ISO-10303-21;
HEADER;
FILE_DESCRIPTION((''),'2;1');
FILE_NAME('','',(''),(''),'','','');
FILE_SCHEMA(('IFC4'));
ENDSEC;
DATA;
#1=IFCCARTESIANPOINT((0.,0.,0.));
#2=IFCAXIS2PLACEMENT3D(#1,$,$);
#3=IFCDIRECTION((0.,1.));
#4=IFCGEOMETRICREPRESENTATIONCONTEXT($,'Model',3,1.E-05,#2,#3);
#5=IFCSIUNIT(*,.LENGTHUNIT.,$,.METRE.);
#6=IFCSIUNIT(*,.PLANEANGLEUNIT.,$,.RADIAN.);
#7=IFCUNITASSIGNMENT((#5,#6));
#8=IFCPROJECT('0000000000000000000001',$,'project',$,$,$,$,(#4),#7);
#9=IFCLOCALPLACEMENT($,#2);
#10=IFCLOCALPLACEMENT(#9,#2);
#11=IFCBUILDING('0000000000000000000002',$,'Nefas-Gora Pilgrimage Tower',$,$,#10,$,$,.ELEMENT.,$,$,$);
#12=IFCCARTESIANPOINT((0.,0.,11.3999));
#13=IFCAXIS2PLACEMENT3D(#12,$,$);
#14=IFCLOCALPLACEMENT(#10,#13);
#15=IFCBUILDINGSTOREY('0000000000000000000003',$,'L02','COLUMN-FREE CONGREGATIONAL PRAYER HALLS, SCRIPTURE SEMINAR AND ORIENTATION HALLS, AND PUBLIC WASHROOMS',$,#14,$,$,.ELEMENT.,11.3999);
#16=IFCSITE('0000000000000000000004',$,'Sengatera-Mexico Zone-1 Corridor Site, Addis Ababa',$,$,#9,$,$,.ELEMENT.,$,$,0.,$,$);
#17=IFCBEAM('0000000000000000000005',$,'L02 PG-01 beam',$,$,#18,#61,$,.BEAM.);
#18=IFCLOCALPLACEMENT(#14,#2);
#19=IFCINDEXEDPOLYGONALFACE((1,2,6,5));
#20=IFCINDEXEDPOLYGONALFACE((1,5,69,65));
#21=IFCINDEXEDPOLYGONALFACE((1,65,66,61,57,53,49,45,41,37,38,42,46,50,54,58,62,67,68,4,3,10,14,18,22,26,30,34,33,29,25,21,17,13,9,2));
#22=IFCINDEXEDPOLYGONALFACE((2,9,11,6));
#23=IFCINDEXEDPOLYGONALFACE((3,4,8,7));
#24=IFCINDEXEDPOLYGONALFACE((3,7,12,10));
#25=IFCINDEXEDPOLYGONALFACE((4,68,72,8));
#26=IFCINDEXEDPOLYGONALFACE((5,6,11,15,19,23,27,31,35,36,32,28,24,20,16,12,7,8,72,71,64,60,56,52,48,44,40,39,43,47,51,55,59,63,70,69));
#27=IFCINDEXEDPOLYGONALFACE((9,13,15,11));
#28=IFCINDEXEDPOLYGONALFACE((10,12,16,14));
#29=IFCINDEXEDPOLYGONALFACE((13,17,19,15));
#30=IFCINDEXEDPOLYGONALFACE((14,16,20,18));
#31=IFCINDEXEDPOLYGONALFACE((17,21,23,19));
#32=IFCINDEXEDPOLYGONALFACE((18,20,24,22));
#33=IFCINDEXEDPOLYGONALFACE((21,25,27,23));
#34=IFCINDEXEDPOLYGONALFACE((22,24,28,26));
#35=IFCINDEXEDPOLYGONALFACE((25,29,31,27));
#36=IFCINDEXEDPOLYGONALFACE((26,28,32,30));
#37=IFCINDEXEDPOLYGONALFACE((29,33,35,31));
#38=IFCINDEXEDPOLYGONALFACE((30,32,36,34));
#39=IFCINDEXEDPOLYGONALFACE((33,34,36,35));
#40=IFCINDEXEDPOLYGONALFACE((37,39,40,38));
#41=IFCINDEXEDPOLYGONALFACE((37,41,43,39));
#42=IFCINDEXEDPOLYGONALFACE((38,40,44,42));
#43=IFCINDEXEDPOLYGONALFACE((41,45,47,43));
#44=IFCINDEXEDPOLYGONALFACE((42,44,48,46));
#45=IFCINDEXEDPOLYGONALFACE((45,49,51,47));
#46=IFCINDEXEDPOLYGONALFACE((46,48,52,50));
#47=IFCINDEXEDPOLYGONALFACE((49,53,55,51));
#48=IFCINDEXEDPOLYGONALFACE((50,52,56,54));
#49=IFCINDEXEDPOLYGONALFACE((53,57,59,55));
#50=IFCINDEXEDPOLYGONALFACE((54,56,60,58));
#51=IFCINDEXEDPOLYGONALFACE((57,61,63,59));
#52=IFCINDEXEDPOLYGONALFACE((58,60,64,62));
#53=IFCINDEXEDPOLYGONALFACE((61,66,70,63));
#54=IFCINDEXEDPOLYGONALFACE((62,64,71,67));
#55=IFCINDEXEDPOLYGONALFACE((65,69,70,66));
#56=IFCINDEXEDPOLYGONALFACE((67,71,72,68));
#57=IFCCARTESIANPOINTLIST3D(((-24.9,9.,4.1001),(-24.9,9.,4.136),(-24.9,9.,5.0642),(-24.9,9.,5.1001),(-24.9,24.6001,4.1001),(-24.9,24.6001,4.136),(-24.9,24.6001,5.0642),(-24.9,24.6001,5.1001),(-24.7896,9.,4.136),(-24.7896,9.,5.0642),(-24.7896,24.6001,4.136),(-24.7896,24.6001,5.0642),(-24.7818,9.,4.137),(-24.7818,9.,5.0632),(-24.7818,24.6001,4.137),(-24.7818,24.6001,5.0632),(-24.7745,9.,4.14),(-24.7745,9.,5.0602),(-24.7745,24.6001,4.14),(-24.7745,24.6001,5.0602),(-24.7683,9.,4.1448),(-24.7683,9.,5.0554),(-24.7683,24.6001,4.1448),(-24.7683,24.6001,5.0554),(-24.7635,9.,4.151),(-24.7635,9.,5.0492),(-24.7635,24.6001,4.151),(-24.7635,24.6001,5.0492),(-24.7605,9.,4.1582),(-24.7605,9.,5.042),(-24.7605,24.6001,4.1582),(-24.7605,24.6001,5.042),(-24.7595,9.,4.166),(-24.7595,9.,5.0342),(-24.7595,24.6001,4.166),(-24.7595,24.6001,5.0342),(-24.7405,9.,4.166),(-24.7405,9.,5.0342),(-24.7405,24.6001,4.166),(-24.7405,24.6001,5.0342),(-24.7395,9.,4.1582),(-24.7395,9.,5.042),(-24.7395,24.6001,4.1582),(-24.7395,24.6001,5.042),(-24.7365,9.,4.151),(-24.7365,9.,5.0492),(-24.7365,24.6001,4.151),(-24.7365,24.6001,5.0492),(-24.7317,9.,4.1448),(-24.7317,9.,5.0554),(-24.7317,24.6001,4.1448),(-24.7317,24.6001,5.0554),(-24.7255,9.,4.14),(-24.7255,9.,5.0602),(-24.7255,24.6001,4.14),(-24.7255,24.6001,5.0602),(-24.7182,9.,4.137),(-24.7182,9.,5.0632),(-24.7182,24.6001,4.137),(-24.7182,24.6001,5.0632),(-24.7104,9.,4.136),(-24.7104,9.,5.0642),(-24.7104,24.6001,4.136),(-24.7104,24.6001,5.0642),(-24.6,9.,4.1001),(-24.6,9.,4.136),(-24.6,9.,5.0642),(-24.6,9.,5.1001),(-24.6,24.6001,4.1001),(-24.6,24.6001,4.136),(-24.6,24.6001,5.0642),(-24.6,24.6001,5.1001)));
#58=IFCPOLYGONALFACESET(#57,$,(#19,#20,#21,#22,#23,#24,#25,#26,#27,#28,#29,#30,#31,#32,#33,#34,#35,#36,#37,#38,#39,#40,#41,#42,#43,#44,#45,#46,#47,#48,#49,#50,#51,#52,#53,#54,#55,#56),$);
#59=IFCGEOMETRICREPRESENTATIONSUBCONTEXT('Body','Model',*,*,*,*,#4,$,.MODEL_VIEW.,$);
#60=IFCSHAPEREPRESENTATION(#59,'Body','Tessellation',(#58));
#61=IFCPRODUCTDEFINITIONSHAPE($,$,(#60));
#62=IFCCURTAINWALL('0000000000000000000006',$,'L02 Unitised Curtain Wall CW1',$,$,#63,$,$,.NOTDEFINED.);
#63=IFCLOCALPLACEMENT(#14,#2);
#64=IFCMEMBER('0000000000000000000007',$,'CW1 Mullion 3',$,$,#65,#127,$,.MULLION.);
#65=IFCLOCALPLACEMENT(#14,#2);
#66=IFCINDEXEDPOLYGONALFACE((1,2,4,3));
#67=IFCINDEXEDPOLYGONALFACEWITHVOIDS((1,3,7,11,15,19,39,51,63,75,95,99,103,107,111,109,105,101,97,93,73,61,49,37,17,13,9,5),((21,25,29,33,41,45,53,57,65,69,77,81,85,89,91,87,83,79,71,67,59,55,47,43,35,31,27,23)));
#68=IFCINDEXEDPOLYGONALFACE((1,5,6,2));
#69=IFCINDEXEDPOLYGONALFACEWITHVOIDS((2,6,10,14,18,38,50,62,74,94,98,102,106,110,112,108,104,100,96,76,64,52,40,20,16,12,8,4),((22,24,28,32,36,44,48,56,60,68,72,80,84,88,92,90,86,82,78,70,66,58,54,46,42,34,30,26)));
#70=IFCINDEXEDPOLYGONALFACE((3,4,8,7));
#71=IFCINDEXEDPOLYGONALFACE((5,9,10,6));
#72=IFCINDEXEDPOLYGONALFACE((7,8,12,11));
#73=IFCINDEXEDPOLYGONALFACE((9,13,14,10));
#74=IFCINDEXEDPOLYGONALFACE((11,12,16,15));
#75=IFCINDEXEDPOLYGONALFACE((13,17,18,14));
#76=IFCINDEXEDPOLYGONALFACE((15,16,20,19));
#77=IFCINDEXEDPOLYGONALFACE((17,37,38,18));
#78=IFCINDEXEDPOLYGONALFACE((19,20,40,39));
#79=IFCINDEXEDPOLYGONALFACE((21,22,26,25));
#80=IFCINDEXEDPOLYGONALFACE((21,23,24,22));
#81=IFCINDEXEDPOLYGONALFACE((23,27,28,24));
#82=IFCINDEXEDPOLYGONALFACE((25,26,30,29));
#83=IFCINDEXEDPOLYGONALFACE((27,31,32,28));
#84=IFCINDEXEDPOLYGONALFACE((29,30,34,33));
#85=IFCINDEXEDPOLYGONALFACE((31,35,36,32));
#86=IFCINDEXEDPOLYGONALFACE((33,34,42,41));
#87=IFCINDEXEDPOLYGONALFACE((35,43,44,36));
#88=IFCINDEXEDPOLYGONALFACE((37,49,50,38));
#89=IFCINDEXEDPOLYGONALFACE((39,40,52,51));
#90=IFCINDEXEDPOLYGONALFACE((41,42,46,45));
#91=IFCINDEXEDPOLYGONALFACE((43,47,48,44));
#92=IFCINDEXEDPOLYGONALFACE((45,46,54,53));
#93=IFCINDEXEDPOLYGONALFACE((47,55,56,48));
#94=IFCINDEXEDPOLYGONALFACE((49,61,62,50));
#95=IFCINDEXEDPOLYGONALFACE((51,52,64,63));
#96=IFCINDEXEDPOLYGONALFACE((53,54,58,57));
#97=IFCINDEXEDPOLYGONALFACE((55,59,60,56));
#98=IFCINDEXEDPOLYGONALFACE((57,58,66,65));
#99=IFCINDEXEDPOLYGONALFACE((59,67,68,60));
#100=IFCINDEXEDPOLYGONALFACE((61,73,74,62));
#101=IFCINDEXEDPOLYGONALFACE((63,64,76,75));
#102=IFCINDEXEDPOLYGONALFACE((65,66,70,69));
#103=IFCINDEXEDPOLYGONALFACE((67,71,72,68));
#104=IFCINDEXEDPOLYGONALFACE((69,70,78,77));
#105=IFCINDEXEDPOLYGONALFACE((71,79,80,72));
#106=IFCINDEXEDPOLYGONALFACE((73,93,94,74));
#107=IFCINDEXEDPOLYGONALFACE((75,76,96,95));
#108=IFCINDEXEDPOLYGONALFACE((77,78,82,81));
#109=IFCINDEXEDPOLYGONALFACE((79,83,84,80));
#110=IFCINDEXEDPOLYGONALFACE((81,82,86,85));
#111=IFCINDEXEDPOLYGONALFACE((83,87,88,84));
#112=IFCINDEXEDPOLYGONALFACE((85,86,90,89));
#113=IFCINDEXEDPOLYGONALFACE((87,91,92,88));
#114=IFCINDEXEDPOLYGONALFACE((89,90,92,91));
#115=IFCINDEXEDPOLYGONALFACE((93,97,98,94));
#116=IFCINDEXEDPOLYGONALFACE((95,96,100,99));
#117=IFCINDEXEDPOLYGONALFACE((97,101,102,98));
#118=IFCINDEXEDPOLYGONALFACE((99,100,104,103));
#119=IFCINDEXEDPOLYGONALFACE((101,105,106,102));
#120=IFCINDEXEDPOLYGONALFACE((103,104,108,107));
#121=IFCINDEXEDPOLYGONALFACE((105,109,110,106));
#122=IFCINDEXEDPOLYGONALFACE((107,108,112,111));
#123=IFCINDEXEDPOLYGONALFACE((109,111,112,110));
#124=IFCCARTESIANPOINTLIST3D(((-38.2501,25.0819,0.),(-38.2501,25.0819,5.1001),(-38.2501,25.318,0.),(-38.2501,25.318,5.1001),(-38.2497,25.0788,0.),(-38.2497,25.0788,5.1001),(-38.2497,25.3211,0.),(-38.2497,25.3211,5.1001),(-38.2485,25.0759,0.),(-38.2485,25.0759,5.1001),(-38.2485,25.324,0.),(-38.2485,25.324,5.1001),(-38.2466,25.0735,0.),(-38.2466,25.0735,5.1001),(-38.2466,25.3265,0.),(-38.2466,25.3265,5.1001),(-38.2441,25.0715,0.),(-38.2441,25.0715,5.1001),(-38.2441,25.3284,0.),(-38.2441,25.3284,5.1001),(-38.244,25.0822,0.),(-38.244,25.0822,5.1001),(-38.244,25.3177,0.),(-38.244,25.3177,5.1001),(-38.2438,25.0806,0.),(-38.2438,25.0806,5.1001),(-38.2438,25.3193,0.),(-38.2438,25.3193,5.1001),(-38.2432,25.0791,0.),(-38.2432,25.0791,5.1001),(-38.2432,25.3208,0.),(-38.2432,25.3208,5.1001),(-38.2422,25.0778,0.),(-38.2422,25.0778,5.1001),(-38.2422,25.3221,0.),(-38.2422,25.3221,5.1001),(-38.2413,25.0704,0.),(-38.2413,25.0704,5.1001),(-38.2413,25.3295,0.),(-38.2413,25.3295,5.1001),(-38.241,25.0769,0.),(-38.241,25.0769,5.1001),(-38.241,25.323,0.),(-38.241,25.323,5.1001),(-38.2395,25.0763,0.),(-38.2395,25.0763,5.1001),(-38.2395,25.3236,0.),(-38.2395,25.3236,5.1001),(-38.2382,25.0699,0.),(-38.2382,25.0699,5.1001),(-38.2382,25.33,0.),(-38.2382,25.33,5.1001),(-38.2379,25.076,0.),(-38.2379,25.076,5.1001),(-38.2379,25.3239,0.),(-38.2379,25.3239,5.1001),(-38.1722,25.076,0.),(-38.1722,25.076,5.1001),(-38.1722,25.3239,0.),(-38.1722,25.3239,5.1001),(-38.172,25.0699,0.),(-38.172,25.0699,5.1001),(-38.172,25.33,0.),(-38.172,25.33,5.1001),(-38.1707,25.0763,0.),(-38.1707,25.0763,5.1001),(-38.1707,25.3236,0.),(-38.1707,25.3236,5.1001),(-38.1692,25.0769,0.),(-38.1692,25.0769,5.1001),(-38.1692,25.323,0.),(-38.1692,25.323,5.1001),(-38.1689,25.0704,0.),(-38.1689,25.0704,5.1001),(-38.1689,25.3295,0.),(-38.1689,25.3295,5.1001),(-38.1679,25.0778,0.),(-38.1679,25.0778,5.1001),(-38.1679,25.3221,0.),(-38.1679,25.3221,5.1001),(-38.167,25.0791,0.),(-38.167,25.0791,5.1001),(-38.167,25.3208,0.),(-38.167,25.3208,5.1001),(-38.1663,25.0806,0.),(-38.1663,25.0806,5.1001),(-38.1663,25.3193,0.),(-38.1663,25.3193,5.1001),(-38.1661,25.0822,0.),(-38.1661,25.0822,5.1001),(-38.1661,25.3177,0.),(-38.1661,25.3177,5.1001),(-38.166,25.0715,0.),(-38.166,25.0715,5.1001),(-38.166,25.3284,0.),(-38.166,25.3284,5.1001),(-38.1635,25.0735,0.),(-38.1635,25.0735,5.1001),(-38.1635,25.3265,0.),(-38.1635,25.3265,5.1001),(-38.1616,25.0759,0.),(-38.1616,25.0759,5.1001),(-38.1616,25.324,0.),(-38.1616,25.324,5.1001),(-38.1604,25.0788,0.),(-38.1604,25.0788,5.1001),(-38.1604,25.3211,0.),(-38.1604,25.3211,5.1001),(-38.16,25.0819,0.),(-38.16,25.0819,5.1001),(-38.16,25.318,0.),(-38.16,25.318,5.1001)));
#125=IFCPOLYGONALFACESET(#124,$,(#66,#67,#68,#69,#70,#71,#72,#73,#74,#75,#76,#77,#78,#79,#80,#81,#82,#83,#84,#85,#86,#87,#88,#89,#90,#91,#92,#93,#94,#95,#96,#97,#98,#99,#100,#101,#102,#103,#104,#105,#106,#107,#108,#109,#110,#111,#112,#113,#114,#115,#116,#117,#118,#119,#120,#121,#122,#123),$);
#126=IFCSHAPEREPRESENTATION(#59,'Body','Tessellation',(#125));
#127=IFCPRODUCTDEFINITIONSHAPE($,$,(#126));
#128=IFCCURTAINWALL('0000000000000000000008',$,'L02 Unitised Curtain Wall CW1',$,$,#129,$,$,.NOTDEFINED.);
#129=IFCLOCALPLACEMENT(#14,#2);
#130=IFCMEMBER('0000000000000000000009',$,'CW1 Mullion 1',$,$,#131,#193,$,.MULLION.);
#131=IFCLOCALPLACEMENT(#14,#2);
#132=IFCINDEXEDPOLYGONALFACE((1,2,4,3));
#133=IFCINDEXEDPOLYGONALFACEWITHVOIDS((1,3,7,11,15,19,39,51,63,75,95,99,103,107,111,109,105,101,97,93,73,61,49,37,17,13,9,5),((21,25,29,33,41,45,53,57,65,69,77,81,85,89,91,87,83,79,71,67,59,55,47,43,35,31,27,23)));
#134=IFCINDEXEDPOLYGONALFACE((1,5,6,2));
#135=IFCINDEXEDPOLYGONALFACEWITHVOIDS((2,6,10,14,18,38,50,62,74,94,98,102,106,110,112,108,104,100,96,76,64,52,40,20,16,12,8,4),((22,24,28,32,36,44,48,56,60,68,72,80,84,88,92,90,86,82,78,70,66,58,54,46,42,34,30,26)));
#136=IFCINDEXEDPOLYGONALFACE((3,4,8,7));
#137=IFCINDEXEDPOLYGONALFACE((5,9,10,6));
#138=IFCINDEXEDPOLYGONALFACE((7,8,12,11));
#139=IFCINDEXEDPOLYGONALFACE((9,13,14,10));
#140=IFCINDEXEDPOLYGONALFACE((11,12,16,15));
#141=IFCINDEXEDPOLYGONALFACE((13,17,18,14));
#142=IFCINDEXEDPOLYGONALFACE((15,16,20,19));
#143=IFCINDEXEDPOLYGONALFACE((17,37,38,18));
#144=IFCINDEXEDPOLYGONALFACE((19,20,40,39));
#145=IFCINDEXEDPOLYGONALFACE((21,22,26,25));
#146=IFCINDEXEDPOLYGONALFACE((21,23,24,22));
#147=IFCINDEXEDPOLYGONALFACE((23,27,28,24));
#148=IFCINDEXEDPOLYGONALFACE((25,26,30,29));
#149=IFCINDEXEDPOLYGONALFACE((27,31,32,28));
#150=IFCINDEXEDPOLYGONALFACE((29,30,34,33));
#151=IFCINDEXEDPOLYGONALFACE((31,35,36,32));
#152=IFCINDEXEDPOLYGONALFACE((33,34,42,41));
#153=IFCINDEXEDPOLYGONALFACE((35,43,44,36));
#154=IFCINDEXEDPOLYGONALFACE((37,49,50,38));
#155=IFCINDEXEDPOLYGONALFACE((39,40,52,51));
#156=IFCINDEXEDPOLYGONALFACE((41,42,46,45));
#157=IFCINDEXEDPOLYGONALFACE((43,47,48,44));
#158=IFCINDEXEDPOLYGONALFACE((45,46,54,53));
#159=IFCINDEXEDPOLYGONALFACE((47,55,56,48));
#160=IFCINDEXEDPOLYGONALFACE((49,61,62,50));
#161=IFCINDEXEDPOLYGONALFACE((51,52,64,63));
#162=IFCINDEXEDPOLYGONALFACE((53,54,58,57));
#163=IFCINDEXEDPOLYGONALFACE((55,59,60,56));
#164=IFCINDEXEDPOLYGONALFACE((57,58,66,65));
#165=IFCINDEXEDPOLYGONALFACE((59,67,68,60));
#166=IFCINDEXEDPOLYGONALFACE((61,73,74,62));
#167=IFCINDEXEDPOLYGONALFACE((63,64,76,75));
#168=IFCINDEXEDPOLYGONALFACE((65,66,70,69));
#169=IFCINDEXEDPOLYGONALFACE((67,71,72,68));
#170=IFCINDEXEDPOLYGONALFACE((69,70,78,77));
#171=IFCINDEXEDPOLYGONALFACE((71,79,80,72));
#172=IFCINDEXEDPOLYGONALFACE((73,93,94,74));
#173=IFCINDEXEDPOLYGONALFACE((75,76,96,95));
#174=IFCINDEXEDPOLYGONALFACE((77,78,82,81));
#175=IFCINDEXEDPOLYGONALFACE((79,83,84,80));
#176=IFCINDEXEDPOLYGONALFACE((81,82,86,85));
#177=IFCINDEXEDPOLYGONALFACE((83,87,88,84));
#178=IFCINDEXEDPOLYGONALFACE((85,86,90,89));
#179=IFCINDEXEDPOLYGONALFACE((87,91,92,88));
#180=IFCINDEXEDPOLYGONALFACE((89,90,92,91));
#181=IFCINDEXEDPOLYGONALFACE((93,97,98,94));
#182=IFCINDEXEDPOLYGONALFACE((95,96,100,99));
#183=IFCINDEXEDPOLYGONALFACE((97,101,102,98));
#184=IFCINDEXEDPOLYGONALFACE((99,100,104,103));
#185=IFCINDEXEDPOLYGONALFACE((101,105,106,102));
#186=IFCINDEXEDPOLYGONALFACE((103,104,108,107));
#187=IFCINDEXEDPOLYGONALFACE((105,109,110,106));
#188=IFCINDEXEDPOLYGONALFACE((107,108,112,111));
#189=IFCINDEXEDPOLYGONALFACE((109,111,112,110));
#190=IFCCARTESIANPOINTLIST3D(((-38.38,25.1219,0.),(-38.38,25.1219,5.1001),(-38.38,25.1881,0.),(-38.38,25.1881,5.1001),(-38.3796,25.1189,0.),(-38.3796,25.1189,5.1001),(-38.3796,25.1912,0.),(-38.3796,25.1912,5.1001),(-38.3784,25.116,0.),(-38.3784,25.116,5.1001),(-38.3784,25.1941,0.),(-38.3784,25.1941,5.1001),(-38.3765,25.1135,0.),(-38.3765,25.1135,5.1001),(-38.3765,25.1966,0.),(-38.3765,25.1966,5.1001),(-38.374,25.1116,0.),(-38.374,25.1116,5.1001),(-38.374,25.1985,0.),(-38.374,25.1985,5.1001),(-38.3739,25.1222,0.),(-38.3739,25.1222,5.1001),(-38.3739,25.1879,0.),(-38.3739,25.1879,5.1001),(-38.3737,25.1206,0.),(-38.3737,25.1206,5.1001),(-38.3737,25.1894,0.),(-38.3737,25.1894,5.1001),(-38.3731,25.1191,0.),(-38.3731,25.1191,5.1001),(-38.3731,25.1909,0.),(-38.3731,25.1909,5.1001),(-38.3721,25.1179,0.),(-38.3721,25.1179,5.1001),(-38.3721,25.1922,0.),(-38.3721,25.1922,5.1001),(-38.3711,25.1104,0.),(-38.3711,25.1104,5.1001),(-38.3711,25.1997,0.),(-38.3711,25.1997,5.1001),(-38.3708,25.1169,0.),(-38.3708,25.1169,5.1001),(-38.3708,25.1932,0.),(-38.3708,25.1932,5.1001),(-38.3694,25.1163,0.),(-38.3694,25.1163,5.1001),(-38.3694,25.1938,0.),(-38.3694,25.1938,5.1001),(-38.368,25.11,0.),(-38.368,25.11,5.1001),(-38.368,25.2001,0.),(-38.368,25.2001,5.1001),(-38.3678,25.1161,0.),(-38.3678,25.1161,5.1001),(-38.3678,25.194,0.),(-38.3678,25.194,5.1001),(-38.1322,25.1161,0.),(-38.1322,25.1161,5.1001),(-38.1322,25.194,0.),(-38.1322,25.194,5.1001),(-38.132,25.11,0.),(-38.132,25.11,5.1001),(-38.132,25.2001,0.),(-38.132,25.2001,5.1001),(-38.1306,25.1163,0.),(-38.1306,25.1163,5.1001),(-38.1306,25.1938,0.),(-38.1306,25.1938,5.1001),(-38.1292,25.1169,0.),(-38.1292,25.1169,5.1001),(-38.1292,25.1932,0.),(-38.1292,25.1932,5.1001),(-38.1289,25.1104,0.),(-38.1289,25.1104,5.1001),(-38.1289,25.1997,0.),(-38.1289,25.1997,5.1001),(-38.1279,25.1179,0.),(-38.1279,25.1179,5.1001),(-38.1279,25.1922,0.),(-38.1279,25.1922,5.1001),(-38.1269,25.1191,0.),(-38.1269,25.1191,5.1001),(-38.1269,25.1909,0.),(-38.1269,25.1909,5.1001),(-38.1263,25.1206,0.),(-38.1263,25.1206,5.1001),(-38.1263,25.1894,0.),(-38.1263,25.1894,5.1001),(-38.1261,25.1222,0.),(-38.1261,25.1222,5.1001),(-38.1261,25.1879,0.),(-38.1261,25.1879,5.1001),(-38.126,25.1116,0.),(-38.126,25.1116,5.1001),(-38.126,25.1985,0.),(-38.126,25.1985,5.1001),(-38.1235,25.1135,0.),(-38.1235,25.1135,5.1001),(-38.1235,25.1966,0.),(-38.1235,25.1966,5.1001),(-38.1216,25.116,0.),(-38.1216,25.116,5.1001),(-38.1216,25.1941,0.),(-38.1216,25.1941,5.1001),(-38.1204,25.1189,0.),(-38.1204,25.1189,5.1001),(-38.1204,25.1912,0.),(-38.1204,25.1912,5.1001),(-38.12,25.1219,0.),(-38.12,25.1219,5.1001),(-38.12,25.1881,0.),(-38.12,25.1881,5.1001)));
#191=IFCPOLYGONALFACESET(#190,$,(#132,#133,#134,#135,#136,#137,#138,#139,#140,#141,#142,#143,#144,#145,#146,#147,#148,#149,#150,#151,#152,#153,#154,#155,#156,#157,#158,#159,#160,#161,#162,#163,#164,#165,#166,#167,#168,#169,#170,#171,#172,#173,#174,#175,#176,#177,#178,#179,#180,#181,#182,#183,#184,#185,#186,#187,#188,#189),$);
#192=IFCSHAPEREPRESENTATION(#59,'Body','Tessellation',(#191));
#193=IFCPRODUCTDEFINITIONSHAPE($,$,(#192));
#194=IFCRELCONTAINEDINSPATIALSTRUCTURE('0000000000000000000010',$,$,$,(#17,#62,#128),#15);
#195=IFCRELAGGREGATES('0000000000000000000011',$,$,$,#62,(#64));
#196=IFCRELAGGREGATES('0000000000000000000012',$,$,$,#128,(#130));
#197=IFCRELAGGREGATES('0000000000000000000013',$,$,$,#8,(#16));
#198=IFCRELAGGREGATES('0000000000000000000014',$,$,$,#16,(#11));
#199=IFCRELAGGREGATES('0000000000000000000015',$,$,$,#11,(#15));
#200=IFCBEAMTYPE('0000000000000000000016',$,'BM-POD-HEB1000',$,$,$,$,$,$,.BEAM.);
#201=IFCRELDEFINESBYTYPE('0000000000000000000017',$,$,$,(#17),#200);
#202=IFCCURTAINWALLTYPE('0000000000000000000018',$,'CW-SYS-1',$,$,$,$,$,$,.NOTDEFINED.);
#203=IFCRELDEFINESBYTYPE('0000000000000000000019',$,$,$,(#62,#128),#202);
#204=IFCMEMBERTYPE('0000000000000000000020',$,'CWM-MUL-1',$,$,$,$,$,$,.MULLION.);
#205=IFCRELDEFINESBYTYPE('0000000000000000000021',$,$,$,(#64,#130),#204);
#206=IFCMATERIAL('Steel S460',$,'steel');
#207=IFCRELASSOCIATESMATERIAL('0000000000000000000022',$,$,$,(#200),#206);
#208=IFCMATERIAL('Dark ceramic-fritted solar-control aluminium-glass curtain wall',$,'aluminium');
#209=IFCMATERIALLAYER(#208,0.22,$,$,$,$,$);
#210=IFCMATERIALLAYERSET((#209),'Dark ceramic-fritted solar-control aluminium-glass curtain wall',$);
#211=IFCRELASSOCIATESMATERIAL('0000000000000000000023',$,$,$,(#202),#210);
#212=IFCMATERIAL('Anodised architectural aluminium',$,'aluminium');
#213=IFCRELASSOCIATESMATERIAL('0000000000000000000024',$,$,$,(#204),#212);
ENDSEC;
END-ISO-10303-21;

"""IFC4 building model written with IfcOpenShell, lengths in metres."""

from ifc_helpers import new_model, si_unit, direction, frame, origin, origin_2d, place, context, subcontext, project, spatial, hollow_rectangle, i_section, extrude, source, transform, mapped, material, layer, layer_set, material_profile, profile_set, type_object, element, aggregate, save


model = new_model("IFC4")

# Units and contexts
model_context = context("Model", 3, precision=1e-05, world=origin(), true_north=direction((0.0, 1.0)))
body_context = subcontext(model_context, "Body", "Model", "MODEL_VIEW")
ifc_project = project(units=[si_unit("LENGTHUNIT", "METRE"), si_unit("PLANEANGLEUNIT", "RADIAN")], contexts=[model_context])

# Site, building, storey
site_placement = place(None, origin())
site = spatial("IfcSite", under=ifc_project, at=site_placement, Name="Sengatera-Mexico Zone-1 Corridor Site, Addis Ababa", CompositionType="ELEMENT", RefElevation=0.0)
building_placement = place(site_placement, origin())
building = spatial("IfcBuilding", under=site, at=building_placement, Name="Nefas-Gora Pilgrimage Tower", CompositionType="ELEMENT")
storey_placement = place(building_placement, frame((0.0, 0.0, 11.3999)))
storey = spatial("IfcBuildingStorey", under=building, at=storey_placement, Name="L02", Description="COLUMN-FREE CONGREGATIONAL PRAYER HALLS, SCRIPTURE SEMINAR AND ORIENTATION HALLS, AND PUBLIC WASHROOMS", CompositionType="ELEMENT", Elevation=11.3999)

# Shared definitions
ifc_material_1 = material(Name="Steel S460", Category="steel")

# Beam
ifc_material_profile_1 = material_profile(ifc_material_1, i_section(OverallWidth=0.3, OverallDepth=1.0, WebThickness=0.019, FlangeThickness=0.0359, FilletRadius=0.03, at=origin_2d()), Name="HEB 1000")
ifc_profile_set_1 = profile_set([ifc_material_profile_1], Name="Steel S460")
beam_type_1 = type_object("IfcBeamType", Name="BM-POD-HEB1000", PredefinedType="BEAM", material=ifc_profile_set_1)
shared_shape_1 = source(origin(), body_context, "Body", "SweptSolid", [
    extrude(i_section(OverallWidth=0.3, OverallDepth=1.0, WebThickness=0.019, FlangeThickness=0.0359, FilletRadius=0.03, at=origin_2d()), origin(), (0.0, 0.0, 1.0), 15.6001),
])
beam_1_placement = place(storey_placement, frame((-24.75, 9.0, 4.6001), z_axis=(0.0, 1.0, 0.0), x_axis=(-1.0, 0.0, 0.0)))
element("IfcBeam", 1, at=beam_1_placement, inside=storey, type_object=beam_type_1, Name="L02 PG-01 beam", PredefinedType="BEAM", context=body_context, shape_type="MappedRepresentation", body=[
    mapped(shared_shape_1, transform((0.0, 0.0, 0.0), x_axis=(1.0, 0.0, 0.0), y_axis=(0.0, 1.0, 0.0), z_axis=(0.0, 0.0, 1.0), scale=1.0)),
])

# Curtain wall, member
ifc_material_2 = material(Name="Dark ceramic-fritted solar-control aluminium-glass curtain wall", Category="aluminium")
ifc_layer_1 = layer(ifc_material_2, 0.22)
ifc_layer_set_1 = layer_set([ifc_layer_1], Name="Dark ceramic-fritted solar-control aluminium-glass curtain wall")
curtain_wall_type = type_object("IfcCurtainWallType", Name="CW-SYS-1", PredefinedType="NOTDEFINED", material=ifc_layer_set_1)
curtain_wall_1_placement = place(storey_placement, origin())
curtain_wall_1 = element("IfcCurtainWall", 2, at=curtain_wall_1_placement, inside=storey, type_object=curtain_wall_type, Name="L02 Unitised Curtain Wall CW1", PredefinedType="NOTDEFINED")
ifc_material_3 = material(Name="Anodised architectural aluminium", Category="aluminium")
ifc_material_profile_2 = material_profile(ifc_material_3, hollow_rectangle(XDim=0.0901, YDim=0.26, WallThickness=0.0061, InnerFilletRadius=0.0061, OuterFilletRadius=0.012, at=origin_2d()), Name="ALU MULLION 90x260")
ifc_profile_set_2 = profile_set([ifc_material_profile_2], Name="Anodised architectural aluminium")
member_type_1 = type_object("IfcMemberType", Name="CWM-MUL-1", PredefinedType="MULLION", material=ifc_profile_set_2)
shared_shape_2 = source(origin(), body_context, "Body", "SweptSolid", [
    extrude(hollow_rectangle(XDim=0.0901, YDim=0.26, WallThickness=0.0061, InnerFilletRadius=0.0061, OuterFilletRadius=0.012, at=origin_2d()), origin(), (0.0, 0.0, 1.0), 5.1001),
])
member_1_placement = place(storey_placement, frame((-38.2051, 25.2, 0.0), z_axis=(0.0, 0.0, 1.0), x_axis=(-1.0, 0.0, 0.0)))
member_1 = element("IfcMember", 3, at=member_1_placement, type_object=member_type_1, Name="CW1 Mullion 3", PredefinedType="MULLION", context=body_context, shape_type="MappedRepresentation", body=[
    mapped(shared_shape_2, transform((0.0, 0.0, 0.0), x_axis=(1.0, 0.0, 0.0), y_axis=(0.0, 1.0, 0.0), z_axis=(0.0, 0.0, 1.0), scale=1.0)),
])
aggregate(curtain_wall_1, [member_1])

# Curtain wall, member
curtain_wall_2_placement = place(storey_placement, origin())
curtain_wall_2 = element("IfcCurtainWall", 4, at=curtain_wall_2_placement, inside=storey, type_object=curtain_wall_type, Name="L02 Unitised Curtain Wall CW1", PredefinedType="NOTDEFINED")
member_2_placement = place(storey_placement, frame((-38.25, 25.155, 0.0), z_axis=(0.0, 0.0, 1.0), x_axis=(0.0, -1.0, 0.0)))
member_2 = element("IfcMember", 5, at=member_2_placement, type_object=member_type_1, Name="CW1 Mullion 1", PredefinedType="MULLION", context=body_context, shape_type="MappedRepresentation", body=[
    mapped(shared_shape_2, transform((0.0, 0.0, 0.0), x_axis=(1.0, 0.0, 0.0), y_axis=(0.0, 1.0, 0.0), z_axis=(0.0, 0.0, 1.0), scale=1.0)),
])
aggregate(curtain_wall_2, [member_2])

save(model, "model.ifc")
